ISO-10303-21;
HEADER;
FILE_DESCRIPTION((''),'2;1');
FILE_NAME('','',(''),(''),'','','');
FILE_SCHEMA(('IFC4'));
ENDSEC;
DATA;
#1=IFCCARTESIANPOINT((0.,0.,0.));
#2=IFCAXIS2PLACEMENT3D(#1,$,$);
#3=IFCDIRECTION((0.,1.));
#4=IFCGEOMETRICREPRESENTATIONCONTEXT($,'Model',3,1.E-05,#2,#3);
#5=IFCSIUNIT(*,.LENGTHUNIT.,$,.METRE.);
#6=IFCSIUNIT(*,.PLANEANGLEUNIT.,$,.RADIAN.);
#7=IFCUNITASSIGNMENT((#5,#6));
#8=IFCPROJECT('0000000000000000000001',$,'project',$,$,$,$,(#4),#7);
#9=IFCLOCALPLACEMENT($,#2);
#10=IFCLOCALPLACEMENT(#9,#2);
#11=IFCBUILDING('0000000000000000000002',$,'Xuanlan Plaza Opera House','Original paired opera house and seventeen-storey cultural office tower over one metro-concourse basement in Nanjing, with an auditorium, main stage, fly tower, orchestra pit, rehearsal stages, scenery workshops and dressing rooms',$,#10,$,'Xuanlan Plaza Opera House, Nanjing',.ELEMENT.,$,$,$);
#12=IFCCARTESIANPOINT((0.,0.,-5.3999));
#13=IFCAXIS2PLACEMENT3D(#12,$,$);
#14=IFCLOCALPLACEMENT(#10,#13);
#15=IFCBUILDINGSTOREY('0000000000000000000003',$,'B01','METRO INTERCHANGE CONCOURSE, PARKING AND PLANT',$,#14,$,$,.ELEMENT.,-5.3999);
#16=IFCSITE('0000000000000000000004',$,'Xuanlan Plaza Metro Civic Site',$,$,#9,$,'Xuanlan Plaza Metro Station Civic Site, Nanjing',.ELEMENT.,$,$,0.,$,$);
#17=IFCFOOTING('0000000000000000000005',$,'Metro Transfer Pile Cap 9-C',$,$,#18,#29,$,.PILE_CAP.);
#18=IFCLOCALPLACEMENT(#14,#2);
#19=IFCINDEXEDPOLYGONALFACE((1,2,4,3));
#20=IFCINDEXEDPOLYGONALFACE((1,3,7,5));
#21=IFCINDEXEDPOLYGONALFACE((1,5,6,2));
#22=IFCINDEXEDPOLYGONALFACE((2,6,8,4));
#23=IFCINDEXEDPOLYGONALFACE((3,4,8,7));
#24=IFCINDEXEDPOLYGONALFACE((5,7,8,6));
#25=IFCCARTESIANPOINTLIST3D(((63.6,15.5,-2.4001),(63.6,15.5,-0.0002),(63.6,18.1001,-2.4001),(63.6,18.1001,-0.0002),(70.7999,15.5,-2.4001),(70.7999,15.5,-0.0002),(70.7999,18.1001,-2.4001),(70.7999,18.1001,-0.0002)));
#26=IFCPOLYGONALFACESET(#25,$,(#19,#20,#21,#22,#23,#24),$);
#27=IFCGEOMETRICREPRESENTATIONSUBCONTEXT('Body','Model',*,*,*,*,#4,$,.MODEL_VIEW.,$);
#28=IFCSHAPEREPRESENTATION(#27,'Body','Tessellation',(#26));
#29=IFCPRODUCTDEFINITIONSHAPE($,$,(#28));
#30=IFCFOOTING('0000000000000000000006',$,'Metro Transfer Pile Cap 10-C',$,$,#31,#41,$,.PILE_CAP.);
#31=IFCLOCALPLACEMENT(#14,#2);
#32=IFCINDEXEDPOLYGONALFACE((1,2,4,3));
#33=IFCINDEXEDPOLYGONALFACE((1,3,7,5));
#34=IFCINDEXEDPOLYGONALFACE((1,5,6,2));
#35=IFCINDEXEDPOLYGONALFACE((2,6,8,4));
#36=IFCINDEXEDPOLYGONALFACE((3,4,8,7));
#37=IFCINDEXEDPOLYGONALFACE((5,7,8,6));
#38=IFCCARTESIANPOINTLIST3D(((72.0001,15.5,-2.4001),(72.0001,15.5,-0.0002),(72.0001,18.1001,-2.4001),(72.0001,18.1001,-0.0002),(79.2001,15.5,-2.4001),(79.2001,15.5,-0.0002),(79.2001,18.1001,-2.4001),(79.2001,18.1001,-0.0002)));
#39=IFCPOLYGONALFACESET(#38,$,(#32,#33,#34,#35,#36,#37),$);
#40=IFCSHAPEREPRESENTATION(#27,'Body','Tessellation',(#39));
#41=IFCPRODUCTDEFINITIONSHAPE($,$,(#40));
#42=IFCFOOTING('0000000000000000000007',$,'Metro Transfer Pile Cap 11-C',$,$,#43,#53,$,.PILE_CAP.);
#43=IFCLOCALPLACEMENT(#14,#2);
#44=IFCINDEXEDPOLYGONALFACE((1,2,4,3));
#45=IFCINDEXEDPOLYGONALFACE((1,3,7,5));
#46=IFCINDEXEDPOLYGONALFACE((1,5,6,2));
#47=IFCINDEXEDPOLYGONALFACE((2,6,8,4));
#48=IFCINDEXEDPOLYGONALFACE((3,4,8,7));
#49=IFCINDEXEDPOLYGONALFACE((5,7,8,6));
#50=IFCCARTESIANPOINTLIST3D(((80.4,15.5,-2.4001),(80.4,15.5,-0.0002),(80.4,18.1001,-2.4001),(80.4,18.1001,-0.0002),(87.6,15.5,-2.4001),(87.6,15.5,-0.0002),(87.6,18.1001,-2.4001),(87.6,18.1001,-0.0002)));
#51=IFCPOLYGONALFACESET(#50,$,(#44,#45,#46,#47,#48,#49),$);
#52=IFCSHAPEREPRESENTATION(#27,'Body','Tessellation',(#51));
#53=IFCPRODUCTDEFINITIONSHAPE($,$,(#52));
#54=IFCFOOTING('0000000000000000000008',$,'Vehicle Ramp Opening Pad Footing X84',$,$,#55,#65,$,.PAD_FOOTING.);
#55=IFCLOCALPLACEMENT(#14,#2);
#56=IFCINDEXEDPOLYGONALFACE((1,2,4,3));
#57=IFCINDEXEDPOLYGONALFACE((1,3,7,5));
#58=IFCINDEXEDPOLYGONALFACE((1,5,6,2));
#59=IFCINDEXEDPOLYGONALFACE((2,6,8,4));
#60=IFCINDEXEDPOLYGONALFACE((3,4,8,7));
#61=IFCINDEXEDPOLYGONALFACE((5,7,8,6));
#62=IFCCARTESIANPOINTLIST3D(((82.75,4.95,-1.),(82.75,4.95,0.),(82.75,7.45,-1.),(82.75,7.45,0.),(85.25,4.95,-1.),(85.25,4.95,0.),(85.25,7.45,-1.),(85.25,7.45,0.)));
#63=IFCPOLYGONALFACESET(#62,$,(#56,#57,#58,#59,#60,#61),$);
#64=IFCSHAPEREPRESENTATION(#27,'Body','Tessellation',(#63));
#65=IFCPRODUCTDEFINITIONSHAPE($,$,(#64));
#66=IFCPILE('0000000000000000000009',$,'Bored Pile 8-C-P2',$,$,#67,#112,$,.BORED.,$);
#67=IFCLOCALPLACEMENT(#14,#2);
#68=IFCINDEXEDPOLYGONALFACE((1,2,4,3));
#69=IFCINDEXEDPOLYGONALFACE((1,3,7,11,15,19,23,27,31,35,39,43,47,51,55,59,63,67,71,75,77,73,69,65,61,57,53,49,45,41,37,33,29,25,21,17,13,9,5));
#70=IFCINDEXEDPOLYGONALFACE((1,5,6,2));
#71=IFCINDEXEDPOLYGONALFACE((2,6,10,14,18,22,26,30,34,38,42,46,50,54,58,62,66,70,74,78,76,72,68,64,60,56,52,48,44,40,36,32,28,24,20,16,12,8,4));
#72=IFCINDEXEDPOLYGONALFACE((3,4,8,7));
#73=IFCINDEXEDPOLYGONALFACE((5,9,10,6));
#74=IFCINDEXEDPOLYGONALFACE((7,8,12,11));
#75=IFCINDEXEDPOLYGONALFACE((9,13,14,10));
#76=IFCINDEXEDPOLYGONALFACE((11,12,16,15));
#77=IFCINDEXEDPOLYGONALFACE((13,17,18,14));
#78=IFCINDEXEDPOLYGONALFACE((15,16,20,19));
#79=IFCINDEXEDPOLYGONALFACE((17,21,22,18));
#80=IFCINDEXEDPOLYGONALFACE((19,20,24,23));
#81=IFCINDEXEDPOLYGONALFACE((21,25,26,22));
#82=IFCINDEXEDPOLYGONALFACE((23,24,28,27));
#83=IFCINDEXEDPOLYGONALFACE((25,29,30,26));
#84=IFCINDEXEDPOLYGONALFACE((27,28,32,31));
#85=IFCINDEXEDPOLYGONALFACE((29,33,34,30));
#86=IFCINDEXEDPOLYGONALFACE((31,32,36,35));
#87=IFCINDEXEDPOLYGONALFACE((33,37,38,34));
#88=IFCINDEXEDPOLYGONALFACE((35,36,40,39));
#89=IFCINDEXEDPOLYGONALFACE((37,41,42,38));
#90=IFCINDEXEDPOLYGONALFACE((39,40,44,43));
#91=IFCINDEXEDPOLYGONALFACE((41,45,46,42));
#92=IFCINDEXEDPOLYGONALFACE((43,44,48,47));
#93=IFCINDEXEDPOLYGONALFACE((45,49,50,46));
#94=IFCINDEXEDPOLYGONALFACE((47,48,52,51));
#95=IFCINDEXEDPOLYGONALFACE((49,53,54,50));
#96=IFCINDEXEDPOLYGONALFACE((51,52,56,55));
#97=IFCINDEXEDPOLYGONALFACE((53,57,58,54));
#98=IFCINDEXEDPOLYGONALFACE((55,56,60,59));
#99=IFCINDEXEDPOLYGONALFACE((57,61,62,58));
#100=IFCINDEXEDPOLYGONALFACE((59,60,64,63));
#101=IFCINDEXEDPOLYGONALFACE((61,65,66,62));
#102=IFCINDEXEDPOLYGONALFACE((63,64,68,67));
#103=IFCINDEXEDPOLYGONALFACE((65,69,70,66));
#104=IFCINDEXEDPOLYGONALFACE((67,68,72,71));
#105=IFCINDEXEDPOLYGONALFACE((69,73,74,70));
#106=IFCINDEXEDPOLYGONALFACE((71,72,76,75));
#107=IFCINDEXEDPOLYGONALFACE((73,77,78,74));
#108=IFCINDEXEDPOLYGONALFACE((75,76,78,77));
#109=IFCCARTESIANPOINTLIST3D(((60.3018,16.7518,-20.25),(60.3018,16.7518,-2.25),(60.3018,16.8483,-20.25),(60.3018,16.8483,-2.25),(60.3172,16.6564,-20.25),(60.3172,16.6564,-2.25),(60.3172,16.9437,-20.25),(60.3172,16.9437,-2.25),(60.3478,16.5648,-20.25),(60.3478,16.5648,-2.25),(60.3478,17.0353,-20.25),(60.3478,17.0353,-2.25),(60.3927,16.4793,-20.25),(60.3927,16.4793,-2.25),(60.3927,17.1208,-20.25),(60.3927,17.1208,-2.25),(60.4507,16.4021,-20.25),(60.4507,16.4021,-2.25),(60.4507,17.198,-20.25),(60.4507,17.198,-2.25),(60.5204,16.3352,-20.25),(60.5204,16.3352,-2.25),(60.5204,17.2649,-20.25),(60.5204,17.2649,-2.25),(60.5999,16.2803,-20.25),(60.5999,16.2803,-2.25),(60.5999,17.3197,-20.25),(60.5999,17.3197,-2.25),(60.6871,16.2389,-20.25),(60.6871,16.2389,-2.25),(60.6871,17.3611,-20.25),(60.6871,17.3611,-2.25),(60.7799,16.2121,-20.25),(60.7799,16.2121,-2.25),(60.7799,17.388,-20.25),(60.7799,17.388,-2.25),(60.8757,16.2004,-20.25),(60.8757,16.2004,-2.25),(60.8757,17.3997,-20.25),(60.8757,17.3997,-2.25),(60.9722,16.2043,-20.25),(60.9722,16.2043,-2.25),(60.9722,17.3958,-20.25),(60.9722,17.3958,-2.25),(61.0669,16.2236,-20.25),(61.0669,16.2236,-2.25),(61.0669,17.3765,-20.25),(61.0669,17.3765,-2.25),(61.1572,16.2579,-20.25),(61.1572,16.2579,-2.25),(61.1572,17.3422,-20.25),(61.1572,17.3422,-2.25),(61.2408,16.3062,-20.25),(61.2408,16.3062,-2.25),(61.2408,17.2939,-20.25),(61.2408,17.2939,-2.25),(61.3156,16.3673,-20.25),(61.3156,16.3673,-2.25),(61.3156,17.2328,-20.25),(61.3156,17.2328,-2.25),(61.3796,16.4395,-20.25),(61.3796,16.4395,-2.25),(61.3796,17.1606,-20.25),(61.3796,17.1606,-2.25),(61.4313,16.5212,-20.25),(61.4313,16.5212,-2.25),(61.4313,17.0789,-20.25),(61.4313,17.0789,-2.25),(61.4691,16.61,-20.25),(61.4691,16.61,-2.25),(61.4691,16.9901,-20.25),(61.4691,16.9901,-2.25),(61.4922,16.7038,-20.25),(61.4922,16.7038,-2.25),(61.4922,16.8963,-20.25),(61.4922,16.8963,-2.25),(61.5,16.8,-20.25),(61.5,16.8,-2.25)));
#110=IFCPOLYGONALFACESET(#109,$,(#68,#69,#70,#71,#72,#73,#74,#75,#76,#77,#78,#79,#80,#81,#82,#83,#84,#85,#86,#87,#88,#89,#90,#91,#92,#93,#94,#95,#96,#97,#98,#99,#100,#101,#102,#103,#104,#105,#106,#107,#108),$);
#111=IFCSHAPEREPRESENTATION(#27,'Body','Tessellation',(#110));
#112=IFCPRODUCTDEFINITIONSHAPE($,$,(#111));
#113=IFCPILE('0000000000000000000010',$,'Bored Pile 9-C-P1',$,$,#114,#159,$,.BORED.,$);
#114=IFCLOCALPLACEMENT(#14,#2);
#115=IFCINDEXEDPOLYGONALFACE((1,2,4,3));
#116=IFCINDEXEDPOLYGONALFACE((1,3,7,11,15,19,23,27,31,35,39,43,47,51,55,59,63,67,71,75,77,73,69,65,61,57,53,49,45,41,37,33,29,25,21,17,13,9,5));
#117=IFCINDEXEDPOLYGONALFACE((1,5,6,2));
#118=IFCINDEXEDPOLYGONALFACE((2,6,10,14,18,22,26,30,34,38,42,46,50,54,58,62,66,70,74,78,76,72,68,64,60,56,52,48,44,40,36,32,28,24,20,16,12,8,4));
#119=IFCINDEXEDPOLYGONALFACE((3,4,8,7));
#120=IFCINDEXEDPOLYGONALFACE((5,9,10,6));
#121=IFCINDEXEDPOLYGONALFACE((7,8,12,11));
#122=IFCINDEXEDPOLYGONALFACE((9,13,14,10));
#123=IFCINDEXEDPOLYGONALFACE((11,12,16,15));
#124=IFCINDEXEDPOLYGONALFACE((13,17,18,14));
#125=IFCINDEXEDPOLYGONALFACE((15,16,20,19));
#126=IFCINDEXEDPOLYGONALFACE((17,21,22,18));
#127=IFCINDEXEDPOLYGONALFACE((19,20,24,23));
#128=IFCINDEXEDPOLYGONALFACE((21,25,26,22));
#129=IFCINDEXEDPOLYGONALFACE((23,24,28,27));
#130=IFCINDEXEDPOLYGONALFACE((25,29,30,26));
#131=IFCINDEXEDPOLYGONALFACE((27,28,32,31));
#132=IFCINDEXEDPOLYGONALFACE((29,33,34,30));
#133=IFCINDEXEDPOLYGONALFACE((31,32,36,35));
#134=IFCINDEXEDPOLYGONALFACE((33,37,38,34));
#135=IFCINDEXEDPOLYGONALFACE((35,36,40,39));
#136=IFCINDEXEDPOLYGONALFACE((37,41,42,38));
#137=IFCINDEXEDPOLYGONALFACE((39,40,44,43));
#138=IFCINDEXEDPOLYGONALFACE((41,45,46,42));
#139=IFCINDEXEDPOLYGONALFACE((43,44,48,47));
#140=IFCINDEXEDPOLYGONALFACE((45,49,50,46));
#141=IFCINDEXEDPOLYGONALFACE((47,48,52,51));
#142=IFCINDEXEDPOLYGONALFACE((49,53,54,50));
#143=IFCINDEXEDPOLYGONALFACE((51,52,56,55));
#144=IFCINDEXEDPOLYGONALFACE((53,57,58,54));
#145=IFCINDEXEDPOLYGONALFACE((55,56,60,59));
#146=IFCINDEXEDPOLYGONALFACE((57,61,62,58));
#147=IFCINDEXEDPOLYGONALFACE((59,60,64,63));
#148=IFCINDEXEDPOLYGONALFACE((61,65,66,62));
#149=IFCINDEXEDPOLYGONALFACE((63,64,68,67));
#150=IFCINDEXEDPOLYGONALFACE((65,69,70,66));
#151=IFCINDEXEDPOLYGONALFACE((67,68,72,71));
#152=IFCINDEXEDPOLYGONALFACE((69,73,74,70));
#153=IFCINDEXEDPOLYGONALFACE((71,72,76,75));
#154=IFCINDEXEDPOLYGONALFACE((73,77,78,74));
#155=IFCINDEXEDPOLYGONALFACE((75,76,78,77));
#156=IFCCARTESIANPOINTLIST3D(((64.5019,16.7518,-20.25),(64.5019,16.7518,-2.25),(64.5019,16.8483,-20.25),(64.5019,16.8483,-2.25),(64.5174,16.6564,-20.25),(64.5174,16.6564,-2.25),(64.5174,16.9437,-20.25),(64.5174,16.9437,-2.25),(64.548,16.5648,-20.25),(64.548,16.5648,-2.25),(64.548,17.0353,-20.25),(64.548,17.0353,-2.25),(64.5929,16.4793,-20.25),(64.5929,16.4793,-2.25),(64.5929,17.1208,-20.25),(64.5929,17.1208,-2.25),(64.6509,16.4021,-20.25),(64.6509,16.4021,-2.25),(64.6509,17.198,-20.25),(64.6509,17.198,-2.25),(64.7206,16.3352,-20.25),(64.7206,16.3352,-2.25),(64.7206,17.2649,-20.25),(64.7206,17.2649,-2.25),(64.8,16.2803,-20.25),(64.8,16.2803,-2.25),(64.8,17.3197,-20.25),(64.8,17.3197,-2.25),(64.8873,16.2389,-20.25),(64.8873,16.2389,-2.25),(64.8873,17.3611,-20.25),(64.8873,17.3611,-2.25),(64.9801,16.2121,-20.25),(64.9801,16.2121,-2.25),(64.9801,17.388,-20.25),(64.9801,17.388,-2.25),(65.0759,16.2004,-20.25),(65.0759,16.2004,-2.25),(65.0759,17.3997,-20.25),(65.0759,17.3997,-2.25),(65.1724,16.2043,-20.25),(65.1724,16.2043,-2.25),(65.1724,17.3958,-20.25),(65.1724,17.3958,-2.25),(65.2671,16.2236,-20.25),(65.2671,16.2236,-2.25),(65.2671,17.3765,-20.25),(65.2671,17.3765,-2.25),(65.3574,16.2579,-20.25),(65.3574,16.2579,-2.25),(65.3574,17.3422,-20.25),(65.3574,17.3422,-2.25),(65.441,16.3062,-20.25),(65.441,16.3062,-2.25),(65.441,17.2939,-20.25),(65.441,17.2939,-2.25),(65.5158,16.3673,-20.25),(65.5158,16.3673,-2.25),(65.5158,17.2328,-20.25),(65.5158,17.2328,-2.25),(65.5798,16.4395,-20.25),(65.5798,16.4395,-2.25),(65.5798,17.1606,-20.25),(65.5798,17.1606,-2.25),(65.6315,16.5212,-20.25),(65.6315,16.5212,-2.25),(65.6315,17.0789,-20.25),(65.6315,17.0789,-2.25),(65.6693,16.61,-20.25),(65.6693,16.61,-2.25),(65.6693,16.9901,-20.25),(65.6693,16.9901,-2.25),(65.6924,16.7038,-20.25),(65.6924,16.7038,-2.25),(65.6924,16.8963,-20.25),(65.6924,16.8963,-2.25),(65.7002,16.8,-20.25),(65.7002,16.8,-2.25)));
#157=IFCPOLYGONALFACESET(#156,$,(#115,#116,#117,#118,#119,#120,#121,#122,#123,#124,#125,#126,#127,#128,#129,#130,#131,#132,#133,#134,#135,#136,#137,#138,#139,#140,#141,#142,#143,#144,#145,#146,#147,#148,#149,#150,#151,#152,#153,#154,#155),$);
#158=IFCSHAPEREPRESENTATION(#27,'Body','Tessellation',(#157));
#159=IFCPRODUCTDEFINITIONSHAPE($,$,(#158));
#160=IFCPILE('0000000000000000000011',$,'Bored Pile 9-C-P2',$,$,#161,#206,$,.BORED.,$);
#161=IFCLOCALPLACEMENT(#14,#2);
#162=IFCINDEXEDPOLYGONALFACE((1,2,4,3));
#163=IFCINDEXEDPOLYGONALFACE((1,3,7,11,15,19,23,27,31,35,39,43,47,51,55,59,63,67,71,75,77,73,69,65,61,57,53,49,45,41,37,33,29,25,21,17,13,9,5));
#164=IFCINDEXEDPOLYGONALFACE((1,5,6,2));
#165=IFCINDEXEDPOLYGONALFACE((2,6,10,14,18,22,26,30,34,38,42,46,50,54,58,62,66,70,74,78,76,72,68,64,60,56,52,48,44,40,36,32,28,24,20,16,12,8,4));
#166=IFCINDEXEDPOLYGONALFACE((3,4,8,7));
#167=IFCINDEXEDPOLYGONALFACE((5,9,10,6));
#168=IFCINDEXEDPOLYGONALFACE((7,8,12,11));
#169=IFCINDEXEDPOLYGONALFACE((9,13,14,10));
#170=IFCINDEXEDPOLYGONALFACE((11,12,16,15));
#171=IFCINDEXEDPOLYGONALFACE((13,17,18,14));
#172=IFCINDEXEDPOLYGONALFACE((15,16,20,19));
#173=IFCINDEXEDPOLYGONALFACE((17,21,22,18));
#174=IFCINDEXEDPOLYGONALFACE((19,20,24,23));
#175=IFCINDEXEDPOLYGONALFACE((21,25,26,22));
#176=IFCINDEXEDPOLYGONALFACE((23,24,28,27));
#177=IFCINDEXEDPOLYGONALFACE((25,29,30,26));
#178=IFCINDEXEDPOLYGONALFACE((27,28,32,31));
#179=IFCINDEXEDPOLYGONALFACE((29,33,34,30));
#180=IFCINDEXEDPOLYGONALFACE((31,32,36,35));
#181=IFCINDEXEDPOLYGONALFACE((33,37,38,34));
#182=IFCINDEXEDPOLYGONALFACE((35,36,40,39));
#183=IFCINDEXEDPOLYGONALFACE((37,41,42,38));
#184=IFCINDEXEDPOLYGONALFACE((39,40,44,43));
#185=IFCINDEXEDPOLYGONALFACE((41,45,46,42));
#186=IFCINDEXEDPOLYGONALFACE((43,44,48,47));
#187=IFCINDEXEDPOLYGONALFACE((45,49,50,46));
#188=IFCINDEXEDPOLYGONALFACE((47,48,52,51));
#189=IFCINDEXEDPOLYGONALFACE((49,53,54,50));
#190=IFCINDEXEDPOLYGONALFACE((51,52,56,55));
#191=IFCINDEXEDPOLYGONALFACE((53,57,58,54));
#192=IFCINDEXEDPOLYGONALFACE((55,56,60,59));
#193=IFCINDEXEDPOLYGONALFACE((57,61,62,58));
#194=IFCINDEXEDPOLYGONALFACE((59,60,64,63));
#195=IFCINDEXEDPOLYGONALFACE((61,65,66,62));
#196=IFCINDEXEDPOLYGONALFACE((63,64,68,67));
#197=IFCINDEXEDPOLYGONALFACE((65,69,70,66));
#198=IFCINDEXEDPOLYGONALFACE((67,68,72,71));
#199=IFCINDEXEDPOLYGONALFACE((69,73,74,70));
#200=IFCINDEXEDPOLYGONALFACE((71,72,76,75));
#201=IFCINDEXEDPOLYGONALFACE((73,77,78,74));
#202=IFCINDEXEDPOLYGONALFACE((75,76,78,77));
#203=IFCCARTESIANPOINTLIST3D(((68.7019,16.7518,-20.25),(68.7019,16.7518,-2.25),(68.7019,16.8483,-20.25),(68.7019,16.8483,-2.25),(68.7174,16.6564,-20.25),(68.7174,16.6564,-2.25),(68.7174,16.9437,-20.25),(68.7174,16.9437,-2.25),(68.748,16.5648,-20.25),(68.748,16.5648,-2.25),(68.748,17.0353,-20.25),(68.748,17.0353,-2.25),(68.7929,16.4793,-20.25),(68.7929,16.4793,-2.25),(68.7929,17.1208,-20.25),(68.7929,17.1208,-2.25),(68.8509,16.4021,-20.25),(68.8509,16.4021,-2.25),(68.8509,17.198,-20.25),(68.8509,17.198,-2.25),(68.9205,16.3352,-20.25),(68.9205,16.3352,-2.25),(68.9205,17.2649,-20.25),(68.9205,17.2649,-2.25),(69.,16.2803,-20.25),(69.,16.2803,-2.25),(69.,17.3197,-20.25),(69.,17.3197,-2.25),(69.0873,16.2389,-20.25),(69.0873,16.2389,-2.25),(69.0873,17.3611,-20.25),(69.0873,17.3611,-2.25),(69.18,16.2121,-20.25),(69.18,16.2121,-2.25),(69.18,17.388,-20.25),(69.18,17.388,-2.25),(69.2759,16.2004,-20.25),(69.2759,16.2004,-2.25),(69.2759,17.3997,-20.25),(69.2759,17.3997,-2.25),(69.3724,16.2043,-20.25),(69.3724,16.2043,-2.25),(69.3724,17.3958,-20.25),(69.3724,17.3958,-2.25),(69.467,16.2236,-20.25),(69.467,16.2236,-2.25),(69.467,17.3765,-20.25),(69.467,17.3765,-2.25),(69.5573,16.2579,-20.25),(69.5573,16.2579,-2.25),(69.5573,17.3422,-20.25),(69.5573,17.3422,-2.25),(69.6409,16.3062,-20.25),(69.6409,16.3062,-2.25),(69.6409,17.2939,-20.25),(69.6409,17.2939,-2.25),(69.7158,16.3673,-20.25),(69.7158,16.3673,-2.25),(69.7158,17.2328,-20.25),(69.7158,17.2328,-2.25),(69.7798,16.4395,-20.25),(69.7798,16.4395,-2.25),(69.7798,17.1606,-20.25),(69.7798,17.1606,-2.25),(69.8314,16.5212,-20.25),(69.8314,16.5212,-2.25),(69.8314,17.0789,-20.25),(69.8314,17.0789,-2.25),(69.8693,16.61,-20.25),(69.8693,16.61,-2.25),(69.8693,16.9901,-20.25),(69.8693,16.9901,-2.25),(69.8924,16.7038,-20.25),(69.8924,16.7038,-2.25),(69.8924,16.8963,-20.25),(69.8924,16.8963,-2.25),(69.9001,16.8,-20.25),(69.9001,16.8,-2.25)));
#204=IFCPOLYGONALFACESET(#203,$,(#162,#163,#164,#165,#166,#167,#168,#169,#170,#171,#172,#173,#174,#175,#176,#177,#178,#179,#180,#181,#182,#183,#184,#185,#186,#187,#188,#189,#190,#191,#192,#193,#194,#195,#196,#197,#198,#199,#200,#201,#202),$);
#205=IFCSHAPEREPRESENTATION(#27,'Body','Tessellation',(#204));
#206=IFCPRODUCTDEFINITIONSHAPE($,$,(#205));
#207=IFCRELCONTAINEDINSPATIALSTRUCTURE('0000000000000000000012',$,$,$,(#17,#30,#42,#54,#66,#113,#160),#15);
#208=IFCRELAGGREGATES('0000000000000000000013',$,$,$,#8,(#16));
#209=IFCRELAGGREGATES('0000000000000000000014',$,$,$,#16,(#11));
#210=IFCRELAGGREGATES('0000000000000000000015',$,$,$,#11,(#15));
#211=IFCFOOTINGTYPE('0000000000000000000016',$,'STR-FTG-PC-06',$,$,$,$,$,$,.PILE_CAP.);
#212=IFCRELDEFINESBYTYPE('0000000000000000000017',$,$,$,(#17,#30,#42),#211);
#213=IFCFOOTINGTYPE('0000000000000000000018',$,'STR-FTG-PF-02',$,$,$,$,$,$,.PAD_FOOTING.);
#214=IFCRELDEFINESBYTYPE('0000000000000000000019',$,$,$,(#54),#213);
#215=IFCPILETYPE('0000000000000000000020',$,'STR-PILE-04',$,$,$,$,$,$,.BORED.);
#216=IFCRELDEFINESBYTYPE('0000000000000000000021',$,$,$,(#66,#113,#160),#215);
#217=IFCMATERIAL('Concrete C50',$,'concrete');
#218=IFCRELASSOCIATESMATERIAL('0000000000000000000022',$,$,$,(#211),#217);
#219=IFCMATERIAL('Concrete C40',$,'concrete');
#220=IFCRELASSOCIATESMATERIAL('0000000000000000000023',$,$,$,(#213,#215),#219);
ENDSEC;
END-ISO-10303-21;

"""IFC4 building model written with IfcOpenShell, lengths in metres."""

from ifc_helpers import new_model, si_unit, direction, frame, origin, origin_2d, place, context, subcontext, project, spatial, rectangle, circle, extrude, material, material_profile, profile_set, type_object, element, save


model = new_model("IFC4")

# Units and contexts
model_context = context("Model", 3, precision=1e-05, world=origin(), true_north=direction((0.0, 1.0)))
body_context = subcontext(model_context, "Body", "Model", "MODEL_VIEW")
ifc_project = project(units=[si_unit("LENGTHUNIT", "METRE"), si_unit("PLANEANGLEUNIT", "RADIAN")], contexts=[model_context])

# Site, building, storey
site_placement = place(None, origin())
site = spatial("IfcSite", under=ifc_project, at=site_placement, Name="Xuanlan Plaza Metro Civic Site", LongName="Xuanlan Plaza Metro Station Civic Site, Nanjing", CompositionType="ELEMENT", RefElevation=0.0)
building_placement = place(site_placement, origin())
building = spatial("IfcBuilding", under=site, at=building_placement, Name="Xuanlan Plaza Opera House", Description="Original paired opera house and seventeen-storey cultural office tower over one metro-concourse basement in Nanjing, with an auditorium, main stage, fly tower, orchestra pit, rehearsal stages, scenery workshops and dressing rooms", LongName="Xuanlan Plaza Opera House, Nanjing", CompositionType="ELEMENT")
storey_placement = place(building_placement, frame((0.0, 0.0, -5.3999)))
storey = spatial("IfcBuildingStorey", under=building, at=storey_placement, Name="B01", Description="METRO INTERCHANGE CONCOURSE, PARKING AND PLANT", CompositionType="ELEMENT", Elevation=-5.3999)

# Footings
ifc_material_1 = material(Name="Concrete C50", Category="concrete")
footing_type_1 = type_object("IfcFootingType", Name="STR-FTG-PC-06", PredefinedType="PILE_CAP", material=ifc_material_1)
for number, where, z_axis, x_axis, name in (
    (1, (67.2, 16.8, -2.4001), (0.0, 0.0, 1.0), (1.0, 0.0, 0.0), "Metro Transfer Pile Cap 9-C"),
    (2, (75.6001, 16.8, -2.4001), (0.0, 0.0, 1.0), (1.0, 0.0, 0.0), "Metro Transfer Pile Cap 10-C"),
    (3, (84.0, 16.8, -2.4001), (0.0, 0.0, 1.0), (1.0, 0.0, 0.0), "Metro Transfer Pile Cap 11-C"),
):
    element("IfcFooting", number, at=place(storey_placement, frame(where, z_axis=z_axis, x_axis=x_axis)), inside=storey, type_object=footing_type_1, Name=name, PredefinedType="PILE_CAP", context=body_context, shape_type="SweptSolid", body=[
        extrude(rectangle(XDim=7.2, YDim=2.6001, at=origin_2d()), origin(), (0.0, 0.0, 1.0), 2.3999),
    ])
ifc_material_2 = material(Name="Concrete C40", Category="concrete")
footing_type_2 = type_object("IfcFootingType", Name="STR-FTG-PF-02", PredefinedType="PAD_FOOTING", material=ifc_material_2)
footing_placement = place(storey_placement, frame((84.0, 6.2, -1.0), z_axis=(0.0, 0.0, 1.0), x_axis=(1.0, 0.0, 0.0)))
element("IfcFooting", 4, at=footing_placement, inside=storey, type_object=footing_type_2, Name="Vehicle Ramp Opening Pad Footing X84", PredefinedType="PAD_FOOTING", context=body_context, shape_type="SweptSolid", body=[
    extrude(rectangle(XDim=2.5, YDim=2.5, at=origin_2d()), origin(), (0.0, 0.0, 1.0), 1.0),
])

# Piles
ifc_material_profile_1 = material_profile(ifc_material_2, circle(Radius=0.6001, at=origin_2d()), Name="PILE D1200")
ifc_profile_set_1 = profile_set([ifc_material_profile_1], Name="Concrete C40")
pile_type = type_object("IfcPileType", Name="STR-PILE-04", PredefinedType="BORED", material=ifc_profile_set_1)
for number, where, z_axis, x_axis, name in (
    (5, (60.8999, 16.8, -2.25), (0.0, 0.0, -1.0), (1.0, 0.0, 0.0), "Bored Pile 8-C-P2"),
    (6, (65.1001, 16.8, -2.25), (0.0, 0.0, -1.0), (1.0, 0.0, 0.0), "Bored Pile 9-C-P1"),
    (7, (69.3, 16.8, -2.25), (0.0, 0.0, -1.0), (1.0, 0.0, 0.0), "Bored Pile 9-C-P2"),
):
    element("IfcPile", number, at=place(storey_placement, frame(where, z_axis=z_axis, x_axis=x_axis)), inside=storey, type_object=pile_type, Name=name, PredefinedType="BORED", context=body_context, shape_type="SweptSolid", body=[
        extrude(circle(Radius=0.6001, at=origin_2d()), origin(), (0.0, 0.0, 1.0), 18.0),
    ])

save(model, "model.ifc")
